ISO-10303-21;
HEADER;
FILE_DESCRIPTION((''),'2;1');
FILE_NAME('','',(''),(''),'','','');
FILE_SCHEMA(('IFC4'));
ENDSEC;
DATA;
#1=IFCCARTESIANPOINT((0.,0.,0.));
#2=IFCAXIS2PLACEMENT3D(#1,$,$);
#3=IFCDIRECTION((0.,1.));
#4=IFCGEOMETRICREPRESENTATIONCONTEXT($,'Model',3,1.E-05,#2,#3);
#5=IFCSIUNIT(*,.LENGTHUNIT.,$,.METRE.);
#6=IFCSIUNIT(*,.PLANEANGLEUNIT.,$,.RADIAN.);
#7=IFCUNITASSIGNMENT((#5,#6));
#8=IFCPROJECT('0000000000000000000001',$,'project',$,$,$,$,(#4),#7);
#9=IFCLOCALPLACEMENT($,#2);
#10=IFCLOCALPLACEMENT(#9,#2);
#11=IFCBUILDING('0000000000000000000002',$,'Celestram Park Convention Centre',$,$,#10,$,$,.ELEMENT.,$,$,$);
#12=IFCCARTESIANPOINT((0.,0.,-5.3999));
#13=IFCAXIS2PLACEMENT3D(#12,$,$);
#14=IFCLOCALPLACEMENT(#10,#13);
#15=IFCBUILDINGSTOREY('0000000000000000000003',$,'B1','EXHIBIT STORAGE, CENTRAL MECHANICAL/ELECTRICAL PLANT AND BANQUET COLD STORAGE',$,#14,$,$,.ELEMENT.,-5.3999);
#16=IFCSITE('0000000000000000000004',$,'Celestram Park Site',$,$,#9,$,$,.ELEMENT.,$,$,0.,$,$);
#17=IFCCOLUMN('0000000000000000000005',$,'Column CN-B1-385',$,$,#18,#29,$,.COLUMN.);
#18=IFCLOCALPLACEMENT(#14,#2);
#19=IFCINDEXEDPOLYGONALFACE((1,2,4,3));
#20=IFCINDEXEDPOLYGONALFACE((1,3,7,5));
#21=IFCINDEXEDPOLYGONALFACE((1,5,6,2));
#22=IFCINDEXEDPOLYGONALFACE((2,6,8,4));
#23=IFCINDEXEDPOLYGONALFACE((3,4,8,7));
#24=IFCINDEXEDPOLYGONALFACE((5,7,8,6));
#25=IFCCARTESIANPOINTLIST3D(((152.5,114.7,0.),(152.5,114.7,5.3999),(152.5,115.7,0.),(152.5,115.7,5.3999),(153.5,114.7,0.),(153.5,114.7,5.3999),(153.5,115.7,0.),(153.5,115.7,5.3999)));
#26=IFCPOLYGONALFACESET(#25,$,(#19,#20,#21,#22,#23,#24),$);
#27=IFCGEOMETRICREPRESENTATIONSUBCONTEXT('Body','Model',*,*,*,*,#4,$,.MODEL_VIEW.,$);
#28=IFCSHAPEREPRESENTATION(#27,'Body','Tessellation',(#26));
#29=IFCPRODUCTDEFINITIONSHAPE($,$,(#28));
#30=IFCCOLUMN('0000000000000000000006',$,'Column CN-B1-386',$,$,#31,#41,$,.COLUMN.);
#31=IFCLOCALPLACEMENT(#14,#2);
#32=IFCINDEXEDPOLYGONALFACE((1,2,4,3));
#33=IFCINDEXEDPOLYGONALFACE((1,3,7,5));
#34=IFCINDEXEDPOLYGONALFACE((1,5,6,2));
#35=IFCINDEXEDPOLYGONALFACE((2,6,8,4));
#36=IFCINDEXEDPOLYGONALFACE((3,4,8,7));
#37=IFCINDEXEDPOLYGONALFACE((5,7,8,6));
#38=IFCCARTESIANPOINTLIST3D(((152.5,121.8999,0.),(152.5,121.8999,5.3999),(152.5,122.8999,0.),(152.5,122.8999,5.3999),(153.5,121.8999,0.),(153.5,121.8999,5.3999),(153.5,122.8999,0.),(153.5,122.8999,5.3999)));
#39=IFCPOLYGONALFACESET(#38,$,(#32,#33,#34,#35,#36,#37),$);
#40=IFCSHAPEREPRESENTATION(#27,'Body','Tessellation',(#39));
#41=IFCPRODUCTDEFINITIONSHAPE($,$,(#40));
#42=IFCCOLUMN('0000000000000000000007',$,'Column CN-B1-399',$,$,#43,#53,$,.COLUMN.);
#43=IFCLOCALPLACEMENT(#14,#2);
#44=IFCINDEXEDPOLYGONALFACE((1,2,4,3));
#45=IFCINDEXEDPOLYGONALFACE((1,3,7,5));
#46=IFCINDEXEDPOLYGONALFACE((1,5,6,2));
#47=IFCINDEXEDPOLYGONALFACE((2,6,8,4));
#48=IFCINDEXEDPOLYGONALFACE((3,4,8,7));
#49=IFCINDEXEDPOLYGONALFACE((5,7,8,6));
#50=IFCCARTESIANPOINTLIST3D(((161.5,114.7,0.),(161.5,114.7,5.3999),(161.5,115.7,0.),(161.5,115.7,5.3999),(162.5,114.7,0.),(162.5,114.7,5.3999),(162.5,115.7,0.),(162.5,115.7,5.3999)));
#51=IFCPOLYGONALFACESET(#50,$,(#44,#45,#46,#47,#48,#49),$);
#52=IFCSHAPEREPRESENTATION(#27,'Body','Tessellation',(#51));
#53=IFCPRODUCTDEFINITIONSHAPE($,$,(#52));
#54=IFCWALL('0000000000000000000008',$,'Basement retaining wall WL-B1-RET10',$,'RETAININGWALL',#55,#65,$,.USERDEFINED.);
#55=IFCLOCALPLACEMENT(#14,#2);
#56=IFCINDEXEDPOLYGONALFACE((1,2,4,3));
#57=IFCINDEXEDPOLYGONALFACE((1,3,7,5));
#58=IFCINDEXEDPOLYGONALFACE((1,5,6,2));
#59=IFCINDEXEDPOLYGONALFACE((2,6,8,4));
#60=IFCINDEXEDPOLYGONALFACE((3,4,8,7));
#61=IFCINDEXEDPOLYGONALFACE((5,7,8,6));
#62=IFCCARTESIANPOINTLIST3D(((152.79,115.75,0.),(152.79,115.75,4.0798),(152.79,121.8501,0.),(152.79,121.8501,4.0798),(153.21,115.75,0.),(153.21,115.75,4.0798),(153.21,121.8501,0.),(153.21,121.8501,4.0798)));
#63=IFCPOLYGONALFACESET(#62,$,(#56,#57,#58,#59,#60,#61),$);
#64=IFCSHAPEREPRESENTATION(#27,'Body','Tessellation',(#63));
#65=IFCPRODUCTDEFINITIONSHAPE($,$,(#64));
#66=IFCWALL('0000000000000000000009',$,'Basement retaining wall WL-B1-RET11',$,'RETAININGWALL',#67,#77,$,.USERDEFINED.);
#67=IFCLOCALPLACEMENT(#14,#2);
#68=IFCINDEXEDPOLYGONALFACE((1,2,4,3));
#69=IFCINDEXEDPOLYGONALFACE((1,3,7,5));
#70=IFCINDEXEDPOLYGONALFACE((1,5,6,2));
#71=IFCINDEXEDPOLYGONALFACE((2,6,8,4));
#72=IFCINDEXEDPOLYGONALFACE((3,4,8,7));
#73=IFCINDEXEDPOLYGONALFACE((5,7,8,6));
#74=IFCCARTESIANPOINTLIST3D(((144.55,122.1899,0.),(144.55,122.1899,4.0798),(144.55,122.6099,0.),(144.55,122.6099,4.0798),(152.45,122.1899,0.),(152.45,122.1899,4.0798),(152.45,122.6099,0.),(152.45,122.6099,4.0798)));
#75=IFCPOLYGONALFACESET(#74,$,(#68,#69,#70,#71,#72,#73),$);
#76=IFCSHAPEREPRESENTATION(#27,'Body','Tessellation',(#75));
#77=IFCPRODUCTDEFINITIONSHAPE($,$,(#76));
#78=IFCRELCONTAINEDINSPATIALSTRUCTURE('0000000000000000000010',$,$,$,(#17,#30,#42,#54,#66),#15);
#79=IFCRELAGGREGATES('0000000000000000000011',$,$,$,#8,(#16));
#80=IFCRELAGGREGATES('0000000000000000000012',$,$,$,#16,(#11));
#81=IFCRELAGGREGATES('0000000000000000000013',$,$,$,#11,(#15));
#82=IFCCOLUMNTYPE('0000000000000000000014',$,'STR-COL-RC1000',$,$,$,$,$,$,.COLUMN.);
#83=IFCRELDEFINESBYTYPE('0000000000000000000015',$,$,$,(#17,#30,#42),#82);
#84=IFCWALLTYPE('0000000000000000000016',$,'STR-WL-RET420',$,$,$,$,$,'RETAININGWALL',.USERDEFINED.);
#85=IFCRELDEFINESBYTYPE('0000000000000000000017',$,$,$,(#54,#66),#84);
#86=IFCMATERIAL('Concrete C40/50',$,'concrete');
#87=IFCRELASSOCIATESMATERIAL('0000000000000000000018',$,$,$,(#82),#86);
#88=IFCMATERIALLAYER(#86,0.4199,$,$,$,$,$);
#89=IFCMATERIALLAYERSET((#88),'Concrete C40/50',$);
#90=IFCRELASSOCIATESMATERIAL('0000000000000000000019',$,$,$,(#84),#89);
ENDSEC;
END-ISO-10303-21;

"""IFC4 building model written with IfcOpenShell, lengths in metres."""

from ifc_helpers import new_model, si_unit, direction, frame, frame_2d, origin, origin_2d, place, context, subcontext, project, spatial, rectangle, extrude, material, layer, layer_set, material_profile, profile_set, type_object, element, save


model = new_model("IFC4")

# Units and contexts
model_context = context("Model", 3, precision=1e-05, world=origin(), true_north=direction((0.0, 1.0)))
body_context = subcontext(model_context, "Body", "Model", "MODEL_VIEW")
ifc_project = project(units=[si_unit("LENGTHUNIT", "METRE"), si_unit("PLANEANGLEUNIT", "RADIAN")], contexts=[model_context])

# Site, building, storey
site_placement = place(None, origin())
site = spatial("IfcSite", under=ifc_project, at=site_placement, Name="Celestram Park Site", CompositionType="ELEMENT", RefElevation=0.0)
building_placement = place(site_placement, origin())
building = spatial("IfcBuilding", under=site, at=building_placement, Name="Celestram Park Convention Centre", CompositionType="ELEMENT")
storey_placement = place(building_placement, frame((0.0, 0.0, -5.3999)))
storey = spatial("IfcBuildingStorey", under=building, at=storey_placement, Name="B1", Description="EXHIBIT STORAGE, CENTRAL MECHANICAL/ELECTRICAL PLANT AND BANQUET COLD STORAGE", CompositionType="ELEMENT", Elevation=-5.3999)

# Shared definitions
ifc_material_1 = material(Name="Concrete C40/50", Category="concrete")

# Columns
ifc_material_profile_1 = material_profile(ifc_material_1, rectangle(XDim=1.0, YDim=1.0, at=origin_2d()), Name="RC1000X1000")
ifc_profile_set_1 = profile_set([ifc_material_profile_1], Name="Concrete C40/50")
column_type = type_object("IfcColumnType", Name="STR-COL-RC1000", PredefinedType="COLUMN", material=ifc_profile_set_1)
for number, where, z_axis, x_axis, name in (
    (1, (153.0, 115.2, 0.0), (0.0, 0.0, 1.0), (1.0, 0.0, 0.0), "Column CN-B1-385"),
    (2, (153.0, 122.3999, 0.0), (0.0, 0.0, 1.0), (1.0, 0.0, 0.0), "Column CN-B1-386"),
    (3, (162.0, 115.2, 0.0), (0.0, 0.0, 1.0), (1.0, 0.0, 0.0), "Column CN-B1-399"),
):
    element("IfcColumn", number, at=place(storey_placement, frame(where, z_axis=z_axis, x_axis=x_axis)), inside=storey, type_object=column_type, Name=name, PredefinedType="COLUMN", context=body_context, shape_type="SweptSolid", body=[
        extrude(rectangle(XDim=1.0, YDim=1.0, at=origin_2d()), origin(), (0.0, 0.0, 1.0), 5.3999),
    ])

# Walls
ifc_layer = layer(ifc_material_1, 0.4199)
ifc_layer_set = layer_set([ifc_layer], Name="Concrete C40/50")
wall_type = type_object("IfcWallType", Name="STR-WL-RET420", ElementType="RETAININGWALL", PredefinedType="USERDEFINED", material=ifc_layer_set)
wall_1_placement = place(storey_placement, frame((153.0, 115.75, 0.0), z_axis=(0.0, 0.0, 1.0), x_axis=(0.0, 1.0, 0.0)))
element("IfcWall", 4, at=wall_1_placement, inside=storey, type_object=wall_type, Name="Basement retaining wall WL-B1-RET10", ObjectType="RETAININGWALL", PredefinedType="USERDEFINED", context=body_context, shape_type="SweptSolid", body=[
    extrude(rectangle(XDim=6.1001, YDim=0.4199, at=frame_2d((3.05, 0.0))), origin(), (0.0, 0.0, 1.0), 4.0798),
])
wall_2_placement = place(storey_placement, frame((152.45, 122.3999, 0.0), z_axis=(0.0, 0.0, 1.0), x_axis=(-1.0, 0.0, 0.0)))
element("IfcWall", 5, at=wall_2_placement, inside=storey, type_object=wall_type, Name="Basement retaining wall WL-B1-RET11", ObjectType="RETAININGWALL", PredefinedType="USERDEFINED", context=body_context, shape_type="SweptSolid", body=[
    extrude(rectangle(XDim=7.8999, YDim=0.4199, at=frame_2d((3.95, 0.0))), origin(), (0.0, 0.0, 1.0), 4.0798),
])

save(model, "model.ifc")
